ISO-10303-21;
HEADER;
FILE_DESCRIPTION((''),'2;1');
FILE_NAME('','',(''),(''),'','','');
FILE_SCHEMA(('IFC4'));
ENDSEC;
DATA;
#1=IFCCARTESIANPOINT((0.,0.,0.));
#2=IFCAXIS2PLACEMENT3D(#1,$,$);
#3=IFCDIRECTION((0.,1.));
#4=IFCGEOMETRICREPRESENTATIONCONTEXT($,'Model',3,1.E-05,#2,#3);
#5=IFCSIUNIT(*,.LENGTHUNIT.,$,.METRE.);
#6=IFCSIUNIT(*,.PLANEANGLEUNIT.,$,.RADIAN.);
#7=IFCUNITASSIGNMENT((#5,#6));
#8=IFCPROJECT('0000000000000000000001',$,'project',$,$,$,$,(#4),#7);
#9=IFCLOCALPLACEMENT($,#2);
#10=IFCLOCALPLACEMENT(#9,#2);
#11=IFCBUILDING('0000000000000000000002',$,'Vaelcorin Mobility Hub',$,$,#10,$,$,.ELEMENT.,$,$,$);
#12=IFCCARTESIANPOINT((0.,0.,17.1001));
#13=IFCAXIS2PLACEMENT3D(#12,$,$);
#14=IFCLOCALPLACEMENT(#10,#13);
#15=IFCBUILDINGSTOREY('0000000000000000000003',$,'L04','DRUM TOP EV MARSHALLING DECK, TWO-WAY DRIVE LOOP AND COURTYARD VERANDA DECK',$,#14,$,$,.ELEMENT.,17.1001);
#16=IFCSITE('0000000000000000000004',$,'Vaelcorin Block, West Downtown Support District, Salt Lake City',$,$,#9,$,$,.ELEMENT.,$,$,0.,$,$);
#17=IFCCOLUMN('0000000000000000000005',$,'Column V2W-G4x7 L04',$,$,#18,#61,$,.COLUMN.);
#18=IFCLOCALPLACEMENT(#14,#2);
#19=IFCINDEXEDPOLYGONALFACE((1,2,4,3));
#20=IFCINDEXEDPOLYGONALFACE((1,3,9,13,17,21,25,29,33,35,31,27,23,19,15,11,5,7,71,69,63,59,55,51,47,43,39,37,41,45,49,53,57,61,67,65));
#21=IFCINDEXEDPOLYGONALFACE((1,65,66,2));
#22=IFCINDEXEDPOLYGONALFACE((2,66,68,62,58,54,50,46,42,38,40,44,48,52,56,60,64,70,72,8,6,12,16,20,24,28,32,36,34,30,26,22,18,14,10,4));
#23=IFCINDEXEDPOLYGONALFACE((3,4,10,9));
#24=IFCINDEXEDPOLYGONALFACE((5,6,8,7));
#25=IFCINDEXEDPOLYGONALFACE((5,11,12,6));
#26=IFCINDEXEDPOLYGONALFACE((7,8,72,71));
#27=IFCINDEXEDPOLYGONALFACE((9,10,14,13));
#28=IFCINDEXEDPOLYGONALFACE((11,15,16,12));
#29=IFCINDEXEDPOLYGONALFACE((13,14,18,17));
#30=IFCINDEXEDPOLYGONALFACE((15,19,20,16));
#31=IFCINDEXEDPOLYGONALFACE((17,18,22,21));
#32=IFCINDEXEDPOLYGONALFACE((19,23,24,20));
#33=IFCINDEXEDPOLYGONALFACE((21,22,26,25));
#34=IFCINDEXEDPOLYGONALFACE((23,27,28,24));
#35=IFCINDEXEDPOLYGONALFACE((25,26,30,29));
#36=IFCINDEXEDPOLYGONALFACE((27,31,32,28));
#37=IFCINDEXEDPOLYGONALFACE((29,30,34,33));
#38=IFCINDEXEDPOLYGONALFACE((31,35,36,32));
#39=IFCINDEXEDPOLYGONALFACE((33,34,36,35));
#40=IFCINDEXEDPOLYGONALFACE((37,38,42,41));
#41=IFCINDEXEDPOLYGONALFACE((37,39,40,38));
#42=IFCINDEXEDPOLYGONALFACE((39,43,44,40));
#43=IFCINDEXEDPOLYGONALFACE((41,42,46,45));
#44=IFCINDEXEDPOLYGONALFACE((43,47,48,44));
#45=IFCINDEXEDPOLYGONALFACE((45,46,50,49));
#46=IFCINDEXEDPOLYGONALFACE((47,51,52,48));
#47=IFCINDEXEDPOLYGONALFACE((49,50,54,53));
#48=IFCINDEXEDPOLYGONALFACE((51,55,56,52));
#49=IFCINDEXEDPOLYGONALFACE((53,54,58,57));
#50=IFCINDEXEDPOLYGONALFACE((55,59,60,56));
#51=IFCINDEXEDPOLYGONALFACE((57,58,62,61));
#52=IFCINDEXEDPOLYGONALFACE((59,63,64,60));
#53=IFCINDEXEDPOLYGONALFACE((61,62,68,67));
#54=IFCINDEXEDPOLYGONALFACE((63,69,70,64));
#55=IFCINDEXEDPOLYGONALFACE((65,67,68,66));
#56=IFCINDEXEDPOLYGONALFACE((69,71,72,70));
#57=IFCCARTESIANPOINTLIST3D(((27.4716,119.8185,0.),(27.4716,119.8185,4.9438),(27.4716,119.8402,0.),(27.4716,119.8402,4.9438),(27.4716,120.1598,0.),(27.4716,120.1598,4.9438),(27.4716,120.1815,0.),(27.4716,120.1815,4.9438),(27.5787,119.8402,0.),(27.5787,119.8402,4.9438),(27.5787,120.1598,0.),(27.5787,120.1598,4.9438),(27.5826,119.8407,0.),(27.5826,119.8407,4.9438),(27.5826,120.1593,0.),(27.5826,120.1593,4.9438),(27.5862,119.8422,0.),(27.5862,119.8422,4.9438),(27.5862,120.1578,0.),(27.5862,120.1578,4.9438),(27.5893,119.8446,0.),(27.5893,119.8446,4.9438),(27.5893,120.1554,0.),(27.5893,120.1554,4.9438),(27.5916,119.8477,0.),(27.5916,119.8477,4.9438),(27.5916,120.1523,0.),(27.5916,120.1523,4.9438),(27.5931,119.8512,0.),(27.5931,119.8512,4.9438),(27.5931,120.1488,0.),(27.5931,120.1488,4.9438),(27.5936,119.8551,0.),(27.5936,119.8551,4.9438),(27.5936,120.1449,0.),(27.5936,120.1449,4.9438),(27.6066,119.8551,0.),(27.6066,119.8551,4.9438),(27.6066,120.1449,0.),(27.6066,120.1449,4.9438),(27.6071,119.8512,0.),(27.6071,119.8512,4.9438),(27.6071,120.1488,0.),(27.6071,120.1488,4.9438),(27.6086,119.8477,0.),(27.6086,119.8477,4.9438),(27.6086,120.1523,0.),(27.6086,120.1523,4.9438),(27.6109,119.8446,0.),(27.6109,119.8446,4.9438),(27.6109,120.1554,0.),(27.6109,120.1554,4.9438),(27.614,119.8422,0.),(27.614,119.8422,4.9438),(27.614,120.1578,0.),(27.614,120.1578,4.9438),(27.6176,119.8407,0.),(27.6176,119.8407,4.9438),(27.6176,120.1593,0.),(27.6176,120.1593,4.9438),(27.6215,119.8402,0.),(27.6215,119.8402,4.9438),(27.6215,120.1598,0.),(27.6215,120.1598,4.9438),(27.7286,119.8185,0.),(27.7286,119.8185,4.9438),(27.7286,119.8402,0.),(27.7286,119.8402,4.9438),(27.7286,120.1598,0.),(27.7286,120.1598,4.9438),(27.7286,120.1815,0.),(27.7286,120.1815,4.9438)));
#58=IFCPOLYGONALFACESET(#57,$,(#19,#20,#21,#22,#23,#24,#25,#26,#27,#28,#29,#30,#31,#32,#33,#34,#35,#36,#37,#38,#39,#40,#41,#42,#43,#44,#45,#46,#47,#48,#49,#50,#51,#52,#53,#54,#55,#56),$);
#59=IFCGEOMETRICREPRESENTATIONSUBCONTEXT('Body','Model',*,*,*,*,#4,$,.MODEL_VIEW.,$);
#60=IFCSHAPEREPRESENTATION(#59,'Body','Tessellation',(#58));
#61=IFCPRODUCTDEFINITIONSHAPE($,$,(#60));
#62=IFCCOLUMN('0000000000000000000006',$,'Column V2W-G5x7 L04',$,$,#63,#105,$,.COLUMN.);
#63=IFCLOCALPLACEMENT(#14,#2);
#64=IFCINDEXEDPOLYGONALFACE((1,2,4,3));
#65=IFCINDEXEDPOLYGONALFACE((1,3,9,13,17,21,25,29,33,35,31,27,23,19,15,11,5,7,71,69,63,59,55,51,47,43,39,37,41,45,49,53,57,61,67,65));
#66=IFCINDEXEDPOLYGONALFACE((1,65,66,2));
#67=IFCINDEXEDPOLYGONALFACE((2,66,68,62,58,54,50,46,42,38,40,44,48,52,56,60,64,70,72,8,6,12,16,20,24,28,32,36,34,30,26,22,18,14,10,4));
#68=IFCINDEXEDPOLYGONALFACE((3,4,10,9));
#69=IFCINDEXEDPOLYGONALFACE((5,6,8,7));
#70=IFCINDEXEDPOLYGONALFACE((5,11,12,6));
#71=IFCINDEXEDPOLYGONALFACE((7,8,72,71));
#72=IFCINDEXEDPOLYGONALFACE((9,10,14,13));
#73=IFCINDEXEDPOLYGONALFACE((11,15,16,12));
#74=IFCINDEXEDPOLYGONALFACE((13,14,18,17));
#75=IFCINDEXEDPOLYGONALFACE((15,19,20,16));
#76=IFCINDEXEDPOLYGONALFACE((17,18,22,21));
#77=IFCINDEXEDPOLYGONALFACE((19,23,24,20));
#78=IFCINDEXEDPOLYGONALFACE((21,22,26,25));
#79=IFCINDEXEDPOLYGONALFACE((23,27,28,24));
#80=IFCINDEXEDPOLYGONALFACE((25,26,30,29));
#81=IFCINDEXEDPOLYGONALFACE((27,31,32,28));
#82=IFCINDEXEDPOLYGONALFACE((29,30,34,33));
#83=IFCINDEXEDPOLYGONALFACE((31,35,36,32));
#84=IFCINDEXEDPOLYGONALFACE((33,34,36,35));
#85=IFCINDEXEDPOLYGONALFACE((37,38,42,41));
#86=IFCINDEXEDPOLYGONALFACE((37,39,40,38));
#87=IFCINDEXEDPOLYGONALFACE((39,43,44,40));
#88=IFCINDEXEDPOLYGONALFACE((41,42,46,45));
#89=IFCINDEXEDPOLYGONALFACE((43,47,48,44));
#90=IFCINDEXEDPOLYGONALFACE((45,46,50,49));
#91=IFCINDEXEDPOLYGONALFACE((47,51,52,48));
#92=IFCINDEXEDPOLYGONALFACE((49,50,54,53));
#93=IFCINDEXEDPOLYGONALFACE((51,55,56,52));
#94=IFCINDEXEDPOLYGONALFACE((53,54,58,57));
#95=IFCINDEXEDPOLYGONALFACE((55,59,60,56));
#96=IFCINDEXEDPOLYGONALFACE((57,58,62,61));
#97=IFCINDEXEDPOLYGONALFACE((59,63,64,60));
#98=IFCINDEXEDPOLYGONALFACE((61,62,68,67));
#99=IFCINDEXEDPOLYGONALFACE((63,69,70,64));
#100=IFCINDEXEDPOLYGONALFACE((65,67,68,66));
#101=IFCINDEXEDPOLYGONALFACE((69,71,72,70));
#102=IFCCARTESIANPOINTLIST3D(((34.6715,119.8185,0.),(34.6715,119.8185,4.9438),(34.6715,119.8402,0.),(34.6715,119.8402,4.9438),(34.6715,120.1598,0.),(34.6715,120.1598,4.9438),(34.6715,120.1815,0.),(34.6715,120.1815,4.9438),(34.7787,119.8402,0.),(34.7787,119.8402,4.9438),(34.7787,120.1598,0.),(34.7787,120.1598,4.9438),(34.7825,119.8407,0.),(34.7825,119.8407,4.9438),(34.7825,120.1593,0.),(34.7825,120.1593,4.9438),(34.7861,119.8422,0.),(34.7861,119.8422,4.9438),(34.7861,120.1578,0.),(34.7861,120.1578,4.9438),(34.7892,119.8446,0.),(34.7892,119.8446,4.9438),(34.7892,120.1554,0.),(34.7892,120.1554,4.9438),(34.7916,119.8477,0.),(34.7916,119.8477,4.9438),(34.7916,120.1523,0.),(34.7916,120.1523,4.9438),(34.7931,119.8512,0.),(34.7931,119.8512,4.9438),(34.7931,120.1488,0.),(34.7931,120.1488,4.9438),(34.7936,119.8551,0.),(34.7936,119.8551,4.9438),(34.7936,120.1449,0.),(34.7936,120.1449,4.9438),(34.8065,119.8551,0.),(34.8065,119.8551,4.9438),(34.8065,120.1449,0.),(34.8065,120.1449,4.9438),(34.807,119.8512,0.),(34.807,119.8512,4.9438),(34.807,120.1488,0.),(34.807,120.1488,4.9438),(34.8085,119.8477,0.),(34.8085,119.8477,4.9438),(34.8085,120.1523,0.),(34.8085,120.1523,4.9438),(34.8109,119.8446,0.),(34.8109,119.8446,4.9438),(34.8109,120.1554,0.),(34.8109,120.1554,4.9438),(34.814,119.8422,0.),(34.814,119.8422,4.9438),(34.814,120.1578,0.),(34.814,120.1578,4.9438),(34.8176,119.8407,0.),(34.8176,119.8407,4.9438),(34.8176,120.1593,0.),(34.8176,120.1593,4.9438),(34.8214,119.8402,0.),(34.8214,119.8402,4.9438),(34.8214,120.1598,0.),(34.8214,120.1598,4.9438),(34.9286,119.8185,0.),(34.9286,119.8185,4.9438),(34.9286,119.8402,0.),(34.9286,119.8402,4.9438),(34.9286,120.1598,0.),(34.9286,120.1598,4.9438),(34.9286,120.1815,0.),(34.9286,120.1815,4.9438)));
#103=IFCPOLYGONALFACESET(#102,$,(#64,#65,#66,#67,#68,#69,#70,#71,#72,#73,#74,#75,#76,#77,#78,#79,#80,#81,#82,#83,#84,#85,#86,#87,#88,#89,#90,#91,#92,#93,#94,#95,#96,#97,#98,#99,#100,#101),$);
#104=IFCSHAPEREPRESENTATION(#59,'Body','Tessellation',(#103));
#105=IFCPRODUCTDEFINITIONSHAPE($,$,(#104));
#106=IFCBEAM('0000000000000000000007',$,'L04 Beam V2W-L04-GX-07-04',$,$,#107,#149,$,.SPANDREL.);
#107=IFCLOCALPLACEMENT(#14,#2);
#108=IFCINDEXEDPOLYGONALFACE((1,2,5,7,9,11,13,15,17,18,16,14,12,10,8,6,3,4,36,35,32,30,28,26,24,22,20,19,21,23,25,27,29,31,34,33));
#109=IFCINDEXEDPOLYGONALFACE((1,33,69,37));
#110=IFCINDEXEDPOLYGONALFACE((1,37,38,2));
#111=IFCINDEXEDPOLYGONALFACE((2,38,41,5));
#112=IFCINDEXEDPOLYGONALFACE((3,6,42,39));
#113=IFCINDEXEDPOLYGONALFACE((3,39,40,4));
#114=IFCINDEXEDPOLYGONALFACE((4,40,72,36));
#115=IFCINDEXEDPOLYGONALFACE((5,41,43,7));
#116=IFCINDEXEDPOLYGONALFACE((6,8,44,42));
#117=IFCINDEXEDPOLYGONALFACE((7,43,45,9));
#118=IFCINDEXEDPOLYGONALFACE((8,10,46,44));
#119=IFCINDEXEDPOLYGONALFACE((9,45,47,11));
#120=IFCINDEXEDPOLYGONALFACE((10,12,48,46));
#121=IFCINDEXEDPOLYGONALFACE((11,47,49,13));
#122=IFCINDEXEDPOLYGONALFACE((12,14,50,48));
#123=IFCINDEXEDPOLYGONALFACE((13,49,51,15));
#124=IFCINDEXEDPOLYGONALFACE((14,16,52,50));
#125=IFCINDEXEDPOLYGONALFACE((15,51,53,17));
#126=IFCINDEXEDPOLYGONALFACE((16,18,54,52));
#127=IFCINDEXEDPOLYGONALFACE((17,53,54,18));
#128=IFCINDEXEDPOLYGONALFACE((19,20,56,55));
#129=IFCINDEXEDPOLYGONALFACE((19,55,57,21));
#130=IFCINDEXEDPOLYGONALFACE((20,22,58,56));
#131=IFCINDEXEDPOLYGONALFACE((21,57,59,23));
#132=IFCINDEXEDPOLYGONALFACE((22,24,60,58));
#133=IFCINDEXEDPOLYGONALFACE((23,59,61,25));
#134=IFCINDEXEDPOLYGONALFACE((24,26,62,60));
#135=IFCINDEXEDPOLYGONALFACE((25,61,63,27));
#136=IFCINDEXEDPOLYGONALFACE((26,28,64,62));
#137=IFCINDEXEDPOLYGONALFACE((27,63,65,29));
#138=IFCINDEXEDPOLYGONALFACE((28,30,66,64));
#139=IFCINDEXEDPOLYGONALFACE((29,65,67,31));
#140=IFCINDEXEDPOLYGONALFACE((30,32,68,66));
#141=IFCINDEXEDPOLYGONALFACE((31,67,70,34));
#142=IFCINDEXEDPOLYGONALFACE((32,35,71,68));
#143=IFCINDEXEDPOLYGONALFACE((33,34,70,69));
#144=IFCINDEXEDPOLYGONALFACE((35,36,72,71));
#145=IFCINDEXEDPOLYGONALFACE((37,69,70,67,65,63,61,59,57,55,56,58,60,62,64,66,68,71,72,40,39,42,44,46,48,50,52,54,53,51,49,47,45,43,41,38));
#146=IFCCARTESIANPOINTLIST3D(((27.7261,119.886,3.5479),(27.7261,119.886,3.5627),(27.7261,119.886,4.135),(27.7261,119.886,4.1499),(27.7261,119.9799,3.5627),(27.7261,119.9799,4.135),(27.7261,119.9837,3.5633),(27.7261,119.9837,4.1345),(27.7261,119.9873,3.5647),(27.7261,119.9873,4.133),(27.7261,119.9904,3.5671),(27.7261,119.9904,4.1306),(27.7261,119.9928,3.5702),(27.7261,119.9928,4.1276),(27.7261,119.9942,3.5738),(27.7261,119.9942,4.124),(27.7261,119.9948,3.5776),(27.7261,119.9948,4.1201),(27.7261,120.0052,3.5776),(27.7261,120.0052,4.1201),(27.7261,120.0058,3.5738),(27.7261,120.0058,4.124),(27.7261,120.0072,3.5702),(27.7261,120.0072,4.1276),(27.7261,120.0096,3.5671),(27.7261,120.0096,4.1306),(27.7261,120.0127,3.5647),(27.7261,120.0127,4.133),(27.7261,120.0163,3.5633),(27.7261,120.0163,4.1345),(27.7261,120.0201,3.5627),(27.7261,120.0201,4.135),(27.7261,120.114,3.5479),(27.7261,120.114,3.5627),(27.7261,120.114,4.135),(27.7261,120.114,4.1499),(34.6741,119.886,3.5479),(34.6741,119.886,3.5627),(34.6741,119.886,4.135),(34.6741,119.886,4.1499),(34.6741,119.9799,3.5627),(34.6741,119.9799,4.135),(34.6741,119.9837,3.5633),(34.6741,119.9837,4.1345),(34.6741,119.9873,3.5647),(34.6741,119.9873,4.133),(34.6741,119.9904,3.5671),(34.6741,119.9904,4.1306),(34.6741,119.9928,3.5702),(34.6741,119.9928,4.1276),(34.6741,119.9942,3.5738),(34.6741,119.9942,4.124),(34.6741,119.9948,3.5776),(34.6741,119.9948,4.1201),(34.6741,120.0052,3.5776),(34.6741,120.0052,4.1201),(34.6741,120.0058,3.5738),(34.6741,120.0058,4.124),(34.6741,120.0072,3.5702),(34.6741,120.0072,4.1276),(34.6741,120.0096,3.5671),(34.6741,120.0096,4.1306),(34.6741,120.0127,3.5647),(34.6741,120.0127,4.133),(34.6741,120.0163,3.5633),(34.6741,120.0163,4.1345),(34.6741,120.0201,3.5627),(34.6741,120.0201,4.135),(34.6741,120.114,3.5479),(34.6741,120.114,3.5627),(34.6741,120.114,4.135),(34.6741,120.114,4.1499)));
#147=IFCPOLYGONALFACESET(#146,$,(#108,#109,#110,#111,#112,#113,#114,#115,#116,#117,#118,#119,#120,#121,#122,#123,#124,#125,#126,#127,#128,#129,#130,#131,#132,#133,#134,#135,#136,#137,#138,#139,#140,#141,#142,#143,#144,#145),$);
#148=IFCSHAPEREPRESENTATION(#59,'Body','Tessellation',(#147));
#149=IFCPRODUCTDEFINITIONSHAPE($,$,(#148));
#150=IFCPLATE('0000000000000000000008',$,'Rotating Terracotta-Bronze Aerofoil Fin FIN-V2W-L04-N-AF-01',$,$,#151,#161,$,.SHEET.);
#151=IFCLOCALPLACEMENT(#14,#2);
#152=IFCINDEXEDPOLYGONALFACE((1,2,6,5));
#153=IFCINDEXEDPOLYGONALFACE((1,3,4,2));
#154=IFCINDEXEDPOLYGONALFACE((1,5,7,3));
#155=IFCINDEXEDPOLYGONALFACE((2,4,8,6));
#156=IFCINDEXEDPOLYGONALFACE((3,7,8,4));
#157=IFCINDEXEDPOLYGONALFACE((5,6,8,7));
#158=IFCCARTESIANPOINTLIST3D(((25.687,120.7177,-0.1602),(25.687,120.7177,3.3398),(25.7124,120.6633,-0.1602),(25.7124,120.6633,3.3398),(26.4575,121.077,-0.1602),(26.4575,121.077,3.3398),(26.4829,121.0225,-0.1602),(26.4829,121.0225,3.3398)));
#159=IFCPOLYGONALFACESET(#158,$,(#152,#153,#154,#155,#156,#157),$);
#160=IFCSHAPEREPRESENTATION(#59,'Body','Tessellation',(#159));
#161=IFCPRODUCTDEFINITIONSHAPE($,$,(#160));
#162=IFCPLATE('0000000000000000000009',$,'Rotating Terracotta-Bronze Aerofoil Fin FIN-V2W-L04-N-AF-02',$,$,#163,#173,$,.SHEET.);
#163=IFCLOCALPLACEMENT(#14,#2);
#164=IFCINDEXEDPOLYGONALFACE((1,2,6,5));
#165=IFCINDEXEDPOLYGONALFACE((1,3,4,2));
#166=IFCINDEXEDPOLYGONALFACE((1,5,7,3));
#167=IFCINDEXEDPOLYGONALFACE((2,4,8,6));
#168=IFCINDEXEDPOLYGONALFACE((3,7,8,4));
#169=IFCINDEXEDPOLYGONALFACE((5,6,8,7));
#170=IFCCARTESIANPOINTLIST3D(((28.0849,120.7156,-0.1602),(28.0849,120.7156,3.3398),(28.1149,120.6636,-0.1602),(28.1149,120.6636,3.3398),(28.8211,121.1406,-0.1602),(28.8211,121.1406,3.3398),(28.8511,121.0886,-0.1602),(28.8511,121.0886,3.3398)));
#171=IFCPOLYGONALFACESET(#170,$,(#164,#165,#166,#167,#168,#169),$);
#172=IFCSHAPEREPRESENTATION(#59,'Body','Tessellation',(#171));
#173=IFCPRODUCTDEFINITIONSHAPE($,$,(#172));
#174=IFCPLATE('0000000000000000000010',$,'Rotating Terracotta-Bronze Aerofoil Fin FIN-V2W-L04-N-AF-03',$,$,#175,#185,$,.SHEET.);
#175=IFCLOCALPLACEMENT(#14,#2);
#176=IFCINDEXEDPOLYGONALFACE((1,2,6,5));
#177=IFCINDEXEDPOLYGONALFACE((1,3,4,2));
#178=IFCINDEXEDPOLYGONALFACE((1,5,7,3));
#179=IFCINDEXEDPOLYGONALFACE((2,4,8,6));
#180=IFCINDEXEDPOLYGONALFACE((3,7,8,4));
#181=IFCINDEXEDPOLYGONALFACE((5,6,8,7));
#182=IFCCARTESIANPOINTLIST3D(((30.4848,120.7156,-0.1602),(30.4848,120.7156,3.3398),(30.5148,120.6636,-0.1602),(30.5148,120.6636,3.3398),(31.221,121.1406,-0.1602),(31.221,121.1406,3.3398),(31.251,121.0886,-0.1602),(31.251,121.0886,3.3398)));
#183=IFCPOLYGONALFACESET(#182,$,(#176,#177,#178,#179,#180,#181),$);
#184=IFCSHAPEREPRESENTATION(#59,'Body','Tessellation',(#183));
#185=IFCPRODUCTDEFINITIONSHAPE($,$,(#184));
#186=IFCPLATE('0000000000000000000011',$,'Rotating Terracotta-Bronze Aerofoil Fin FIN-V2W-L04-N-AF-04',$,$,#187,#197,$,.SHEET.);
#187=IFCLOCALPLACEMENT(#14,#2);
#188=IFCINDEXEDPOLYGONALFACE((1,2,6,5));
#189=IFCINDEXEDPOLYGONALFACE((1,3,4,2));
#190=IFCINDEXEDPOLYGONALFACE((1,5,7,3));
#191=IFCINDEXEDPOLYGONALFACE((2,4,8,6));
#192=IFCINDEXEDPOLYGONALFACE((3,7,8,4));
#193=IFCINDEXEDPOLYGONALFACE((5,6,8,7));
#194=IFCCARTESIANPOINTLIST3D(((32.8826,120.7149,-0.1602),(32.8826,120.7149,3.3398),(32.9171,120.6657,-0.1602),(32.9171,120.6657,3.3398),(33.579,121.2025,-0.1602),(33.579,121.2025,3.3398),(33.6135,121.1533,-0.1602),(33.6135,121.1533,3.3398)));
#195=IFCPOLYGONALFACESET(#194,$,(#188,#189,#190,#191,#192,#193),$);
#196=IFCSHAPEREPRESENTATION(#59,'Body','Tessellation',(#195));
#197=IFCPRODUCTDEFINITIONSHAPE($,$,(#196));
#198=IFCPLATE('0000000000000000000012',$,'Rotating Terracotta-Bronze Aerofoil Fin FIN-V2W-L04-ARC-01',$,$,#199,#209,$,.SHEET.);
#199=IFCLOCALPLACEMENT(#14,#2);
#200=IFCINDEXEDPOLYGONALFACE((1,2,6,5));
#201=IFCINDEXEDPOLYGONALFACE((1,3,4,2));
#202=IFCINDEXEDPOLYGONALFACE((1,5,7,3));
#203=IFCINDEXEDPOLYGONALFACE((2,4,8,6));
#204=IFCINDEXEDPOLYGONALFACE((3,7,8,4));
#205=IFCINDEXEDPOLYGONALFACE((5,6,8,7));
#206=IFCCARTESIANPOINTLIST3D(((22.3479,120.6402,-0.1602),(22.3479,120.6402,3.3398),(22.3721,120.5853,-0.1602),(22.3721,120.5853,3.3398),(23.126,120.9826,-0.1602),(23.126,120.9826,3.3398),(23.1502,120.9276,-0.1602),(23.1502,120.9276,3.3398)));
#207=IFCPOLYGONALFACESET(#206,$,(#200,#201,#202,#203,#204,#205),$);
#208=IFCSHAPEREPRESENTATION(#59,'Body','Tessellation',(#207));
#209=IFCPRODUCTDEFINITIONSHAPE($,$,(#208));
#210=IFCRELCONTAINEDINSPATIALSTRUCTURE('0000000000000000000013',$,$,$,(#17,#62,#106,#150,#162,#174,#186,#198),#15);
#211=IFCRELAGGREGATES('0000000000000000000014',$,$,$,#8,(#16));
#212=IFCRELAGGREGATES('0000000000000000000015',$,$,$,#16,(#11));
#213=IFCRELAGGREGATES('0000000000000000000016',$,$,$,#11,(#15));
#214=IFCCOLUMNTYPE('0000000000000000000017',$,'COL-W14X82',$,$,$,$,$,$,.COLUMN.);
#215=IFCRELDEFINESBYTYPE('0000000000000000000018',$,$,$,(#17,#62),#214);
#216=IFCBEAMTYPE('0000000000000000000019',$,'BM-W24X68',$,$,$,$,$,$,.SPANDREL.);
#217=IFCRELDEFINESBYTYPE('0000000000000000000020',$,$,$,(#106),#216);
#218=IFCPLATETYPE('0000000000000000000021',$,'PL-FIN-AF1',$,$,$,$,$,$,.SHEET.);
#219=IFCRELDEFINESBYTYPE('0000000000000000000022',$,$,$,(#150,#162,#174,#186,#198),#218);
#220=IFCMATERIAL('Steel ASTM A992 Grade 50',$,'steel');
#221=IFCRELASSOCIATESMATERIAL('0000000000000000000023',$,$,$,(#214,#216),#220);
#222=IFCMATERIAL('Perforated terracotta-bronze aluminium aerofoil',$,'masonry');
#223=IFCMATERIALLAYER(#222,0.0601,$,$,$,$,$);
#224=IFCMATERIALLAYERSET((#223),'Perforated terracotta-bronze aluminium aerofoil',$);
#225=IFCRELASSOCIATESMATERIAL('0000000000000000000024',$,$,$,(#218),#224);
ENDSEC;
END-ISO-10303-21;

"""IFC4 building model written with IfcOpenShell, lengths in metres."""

from ifc_helpers import new_model, si_unit, direction, frame, origin, origin_2d, place, context, subcontext, project, spatial, rectangle, i_section, extrude, material, layer, layer_set, material_profile, profile_set, type_object, element, save


model = new_model("IFC4")

# Units and contexts
model_context = context("Model", 3, precision=1e-05, world=origin(), true_north=direction((0.0, 1.0)))
body_context = subcontext(model_context, "Body", "Model", "MODEL_VIEW")
ifc_project = project(units=[si_unit("LENGTHUNIT", "METRE"), si_unit("PLANEANGLEUNIT", "RADIAN")], contexts=[model_context])

# Site, building, storey
site_placement = place(None, origin())
site = spatial("IfcSite", under=ifc_project, at=site_placement, Name="Vaelcorin Block, West Downtown Support District, Salt Lake City", CompositionType="ELEMENT", RefElevation=0.0)
building_placement = place(site_placement, origin())
building = spatial("IfcBuilding", under=site, at=building_placement, Name="Vaelcorin Mobility Hub", CompositionType="ELEMENT")
storey_placement = place(building_placement, frame((0.0, 0.0, 17.1001)))
storey = spatial("IfcBuildingStorey", under=building, at=storey_placement, Name="L04", Description="DRUM TOP EV MARSHALLING DECK, TWO-WAY DRIVE LOOP AND COURTYARD VERANDA DECK", CompositionType="ELEMENT", Elevation=17.1001)

# Columns
ifc_material_1 = material(Name="Steel ASTM A992 Grade 50", Category="steel")
ifc_material_profile_1 = material_profile(ifc_material_1, i_section(OverallWidth=0.2571, OverallDepth=0.363, WebThickness=0.0129, FlangeThickness=0.0217, FilletRadius=0.0149, at=origin_2d()), Name="W14X82")
ifc_profile_set_1 = profile_set([ifc_material_profile_1], Name="Steel ASTM A992 Grade 50")
column_type = type_object("IfcColumnType", Name="COL-W14X82", PredefinedType="COLUMN", material=ifc_profile_set_1)
for number, where, z_axis, x_axis, name in (
    (1, (27.6001, 120.0, 0.0), (0.0, 0.0, 1.0), (1.0, 0.0, 0.0), "Column V2W-G4x7 L04"),
    (2, (34.8, 120.0, 0.0), (0.0, 0.0, 1.0), (1.0, 0.0, 0.0), "Column V2W-G5x7 L04"),
):
    element("IfcColumn", number, at=place(storey_placement, frame(where, z_axis=z_axis, x_axis=x_axis)), inside=storey, type_object=column_type, Name=name, PredefinedType="COLUMN", context=body_context, shape_type="SweptSolid", body=[
        extrude(i_section(OverallWidth=0.2571, OverallDepth=0.363, WebThickness=0.0129, FlangeThickness=0.0217, FilletRadius=0.0149, at=origin_2d()), origin(), (0.0, 0.0, 1.0), 4.9438),
    ])

# Beam
ifc_material_profile_2 = material_profile(ifc_material_1, i_section(OverallWidth=0.228, OverallDepth=0.6021, WebThickness=0.0105, FlangeThickness=0.0149, FilletRadius=0.0149, at=origin_2d()), Name="W24X68")
ifc_profile_set_2 = profile_set([ifc_material_profile_2], Name="Steel ASTM A992 Grade 50")
beam_type = type_object("IfcBeamType", Name="BM-W24X68", PredefinedType="SPANDREL", material=ifc_profile_set_2)
beam_placement = place(storey_placement, frame((27.7261, 120.0, 3.8489), z_axis=(1.0, 0.0, 0.0), x_axis=(0.0, 1.0, 0.0)))
element("IfcBeam", 3, at=beam_placement, inside=storey, type_object=beam_type, Name="L04 Beam V2W-L04-GX-07-04", PredefinedType="SPANDREL", context=body_context, shape_type="SweptSolid", body=[
    extrude(i_section(OverallWidth=0.228, OverallDepth=0.6021, WebThickness=0.0105, FlangeThickness=0.0149, FilletRadius=0.0149, at=origin_2d()), origin(), (0.0, 0.0, 1.0), 6.948),
])

# Plates
ifc_material_2 = material(Name="Perforated terracotta-bronze aluminium aerofoil", Category="masonry")
ifc_layer_1 = layer(ifc_material_2, 0.0601)
ifc_layer_set_1 = layer_set([ifc_layer_1], Name="Perforated terracotta-bronze aluminium aerofoil")
plate_type = type_object("IfcPlateType", Name="PL-FIN-AF1", PredefinedType="SHEET", material=ifc_layer_set_1)
for number, where, z_axis, x_axis, name in (
    (4, (26.085, 120.8701, -0.1602), (0.0, 0.0, 1.0), (0.906308, 0.422618, 0.0), "Rotating Terracotta-Bronze Aerofoil Fin FIN-V2W-L04-N-AF-01"),
    (5, (28.468, 120.9021, -0.1602), (0.0, 0.0, 1.0), (0.866025, 0.5, 0.0), "Rotating Terracotta-Bronze Aerofoil Fin FIN-V2W-L04-N-AF-02"),
    (6, (30.8679, 120.9021, -0.1602), (0.0, 0.0, 1.0), (0.866025, 0.5, 0.0), "Rotating Terracotta-Bronze Aerofoil Fin FIN-V2W-L04-N-AF-03"),
    (7, (33.248, 120.9341, -0.1602), (0.0, 0.0, 1.0), (0.819152, 0.573576, 0.0), "Rotating Terracotta-Bronze Aerofoil Fin FIN-V2W-L04-N-AF-04"),
    (8, (22.749, 120.7839, -0.1602), (0.0, 0.0, 1.0), (0.915304, 0.402763, 0.0), "Rotating Terracotta-Bronze Aerofoil Fin FIN-V2W-L04-ARC-01"),
):
    element("IfcPlate", number, at=place(storey_placement, frame(where, z_axis=z_axis, x_axis=x_axis)), inside=storey, type_object=plate_type, Name=name, PredefinedType="SHEET", context=body_context, shape_type="SweptSolid", body=[
        extrude(rectangle(XDim=0.8501, YDim=0.0601, at=origin_2d()), origin(), (0.0, 0.0, 1.0), 3.5),
    ])

save(model, "model.ifc")
